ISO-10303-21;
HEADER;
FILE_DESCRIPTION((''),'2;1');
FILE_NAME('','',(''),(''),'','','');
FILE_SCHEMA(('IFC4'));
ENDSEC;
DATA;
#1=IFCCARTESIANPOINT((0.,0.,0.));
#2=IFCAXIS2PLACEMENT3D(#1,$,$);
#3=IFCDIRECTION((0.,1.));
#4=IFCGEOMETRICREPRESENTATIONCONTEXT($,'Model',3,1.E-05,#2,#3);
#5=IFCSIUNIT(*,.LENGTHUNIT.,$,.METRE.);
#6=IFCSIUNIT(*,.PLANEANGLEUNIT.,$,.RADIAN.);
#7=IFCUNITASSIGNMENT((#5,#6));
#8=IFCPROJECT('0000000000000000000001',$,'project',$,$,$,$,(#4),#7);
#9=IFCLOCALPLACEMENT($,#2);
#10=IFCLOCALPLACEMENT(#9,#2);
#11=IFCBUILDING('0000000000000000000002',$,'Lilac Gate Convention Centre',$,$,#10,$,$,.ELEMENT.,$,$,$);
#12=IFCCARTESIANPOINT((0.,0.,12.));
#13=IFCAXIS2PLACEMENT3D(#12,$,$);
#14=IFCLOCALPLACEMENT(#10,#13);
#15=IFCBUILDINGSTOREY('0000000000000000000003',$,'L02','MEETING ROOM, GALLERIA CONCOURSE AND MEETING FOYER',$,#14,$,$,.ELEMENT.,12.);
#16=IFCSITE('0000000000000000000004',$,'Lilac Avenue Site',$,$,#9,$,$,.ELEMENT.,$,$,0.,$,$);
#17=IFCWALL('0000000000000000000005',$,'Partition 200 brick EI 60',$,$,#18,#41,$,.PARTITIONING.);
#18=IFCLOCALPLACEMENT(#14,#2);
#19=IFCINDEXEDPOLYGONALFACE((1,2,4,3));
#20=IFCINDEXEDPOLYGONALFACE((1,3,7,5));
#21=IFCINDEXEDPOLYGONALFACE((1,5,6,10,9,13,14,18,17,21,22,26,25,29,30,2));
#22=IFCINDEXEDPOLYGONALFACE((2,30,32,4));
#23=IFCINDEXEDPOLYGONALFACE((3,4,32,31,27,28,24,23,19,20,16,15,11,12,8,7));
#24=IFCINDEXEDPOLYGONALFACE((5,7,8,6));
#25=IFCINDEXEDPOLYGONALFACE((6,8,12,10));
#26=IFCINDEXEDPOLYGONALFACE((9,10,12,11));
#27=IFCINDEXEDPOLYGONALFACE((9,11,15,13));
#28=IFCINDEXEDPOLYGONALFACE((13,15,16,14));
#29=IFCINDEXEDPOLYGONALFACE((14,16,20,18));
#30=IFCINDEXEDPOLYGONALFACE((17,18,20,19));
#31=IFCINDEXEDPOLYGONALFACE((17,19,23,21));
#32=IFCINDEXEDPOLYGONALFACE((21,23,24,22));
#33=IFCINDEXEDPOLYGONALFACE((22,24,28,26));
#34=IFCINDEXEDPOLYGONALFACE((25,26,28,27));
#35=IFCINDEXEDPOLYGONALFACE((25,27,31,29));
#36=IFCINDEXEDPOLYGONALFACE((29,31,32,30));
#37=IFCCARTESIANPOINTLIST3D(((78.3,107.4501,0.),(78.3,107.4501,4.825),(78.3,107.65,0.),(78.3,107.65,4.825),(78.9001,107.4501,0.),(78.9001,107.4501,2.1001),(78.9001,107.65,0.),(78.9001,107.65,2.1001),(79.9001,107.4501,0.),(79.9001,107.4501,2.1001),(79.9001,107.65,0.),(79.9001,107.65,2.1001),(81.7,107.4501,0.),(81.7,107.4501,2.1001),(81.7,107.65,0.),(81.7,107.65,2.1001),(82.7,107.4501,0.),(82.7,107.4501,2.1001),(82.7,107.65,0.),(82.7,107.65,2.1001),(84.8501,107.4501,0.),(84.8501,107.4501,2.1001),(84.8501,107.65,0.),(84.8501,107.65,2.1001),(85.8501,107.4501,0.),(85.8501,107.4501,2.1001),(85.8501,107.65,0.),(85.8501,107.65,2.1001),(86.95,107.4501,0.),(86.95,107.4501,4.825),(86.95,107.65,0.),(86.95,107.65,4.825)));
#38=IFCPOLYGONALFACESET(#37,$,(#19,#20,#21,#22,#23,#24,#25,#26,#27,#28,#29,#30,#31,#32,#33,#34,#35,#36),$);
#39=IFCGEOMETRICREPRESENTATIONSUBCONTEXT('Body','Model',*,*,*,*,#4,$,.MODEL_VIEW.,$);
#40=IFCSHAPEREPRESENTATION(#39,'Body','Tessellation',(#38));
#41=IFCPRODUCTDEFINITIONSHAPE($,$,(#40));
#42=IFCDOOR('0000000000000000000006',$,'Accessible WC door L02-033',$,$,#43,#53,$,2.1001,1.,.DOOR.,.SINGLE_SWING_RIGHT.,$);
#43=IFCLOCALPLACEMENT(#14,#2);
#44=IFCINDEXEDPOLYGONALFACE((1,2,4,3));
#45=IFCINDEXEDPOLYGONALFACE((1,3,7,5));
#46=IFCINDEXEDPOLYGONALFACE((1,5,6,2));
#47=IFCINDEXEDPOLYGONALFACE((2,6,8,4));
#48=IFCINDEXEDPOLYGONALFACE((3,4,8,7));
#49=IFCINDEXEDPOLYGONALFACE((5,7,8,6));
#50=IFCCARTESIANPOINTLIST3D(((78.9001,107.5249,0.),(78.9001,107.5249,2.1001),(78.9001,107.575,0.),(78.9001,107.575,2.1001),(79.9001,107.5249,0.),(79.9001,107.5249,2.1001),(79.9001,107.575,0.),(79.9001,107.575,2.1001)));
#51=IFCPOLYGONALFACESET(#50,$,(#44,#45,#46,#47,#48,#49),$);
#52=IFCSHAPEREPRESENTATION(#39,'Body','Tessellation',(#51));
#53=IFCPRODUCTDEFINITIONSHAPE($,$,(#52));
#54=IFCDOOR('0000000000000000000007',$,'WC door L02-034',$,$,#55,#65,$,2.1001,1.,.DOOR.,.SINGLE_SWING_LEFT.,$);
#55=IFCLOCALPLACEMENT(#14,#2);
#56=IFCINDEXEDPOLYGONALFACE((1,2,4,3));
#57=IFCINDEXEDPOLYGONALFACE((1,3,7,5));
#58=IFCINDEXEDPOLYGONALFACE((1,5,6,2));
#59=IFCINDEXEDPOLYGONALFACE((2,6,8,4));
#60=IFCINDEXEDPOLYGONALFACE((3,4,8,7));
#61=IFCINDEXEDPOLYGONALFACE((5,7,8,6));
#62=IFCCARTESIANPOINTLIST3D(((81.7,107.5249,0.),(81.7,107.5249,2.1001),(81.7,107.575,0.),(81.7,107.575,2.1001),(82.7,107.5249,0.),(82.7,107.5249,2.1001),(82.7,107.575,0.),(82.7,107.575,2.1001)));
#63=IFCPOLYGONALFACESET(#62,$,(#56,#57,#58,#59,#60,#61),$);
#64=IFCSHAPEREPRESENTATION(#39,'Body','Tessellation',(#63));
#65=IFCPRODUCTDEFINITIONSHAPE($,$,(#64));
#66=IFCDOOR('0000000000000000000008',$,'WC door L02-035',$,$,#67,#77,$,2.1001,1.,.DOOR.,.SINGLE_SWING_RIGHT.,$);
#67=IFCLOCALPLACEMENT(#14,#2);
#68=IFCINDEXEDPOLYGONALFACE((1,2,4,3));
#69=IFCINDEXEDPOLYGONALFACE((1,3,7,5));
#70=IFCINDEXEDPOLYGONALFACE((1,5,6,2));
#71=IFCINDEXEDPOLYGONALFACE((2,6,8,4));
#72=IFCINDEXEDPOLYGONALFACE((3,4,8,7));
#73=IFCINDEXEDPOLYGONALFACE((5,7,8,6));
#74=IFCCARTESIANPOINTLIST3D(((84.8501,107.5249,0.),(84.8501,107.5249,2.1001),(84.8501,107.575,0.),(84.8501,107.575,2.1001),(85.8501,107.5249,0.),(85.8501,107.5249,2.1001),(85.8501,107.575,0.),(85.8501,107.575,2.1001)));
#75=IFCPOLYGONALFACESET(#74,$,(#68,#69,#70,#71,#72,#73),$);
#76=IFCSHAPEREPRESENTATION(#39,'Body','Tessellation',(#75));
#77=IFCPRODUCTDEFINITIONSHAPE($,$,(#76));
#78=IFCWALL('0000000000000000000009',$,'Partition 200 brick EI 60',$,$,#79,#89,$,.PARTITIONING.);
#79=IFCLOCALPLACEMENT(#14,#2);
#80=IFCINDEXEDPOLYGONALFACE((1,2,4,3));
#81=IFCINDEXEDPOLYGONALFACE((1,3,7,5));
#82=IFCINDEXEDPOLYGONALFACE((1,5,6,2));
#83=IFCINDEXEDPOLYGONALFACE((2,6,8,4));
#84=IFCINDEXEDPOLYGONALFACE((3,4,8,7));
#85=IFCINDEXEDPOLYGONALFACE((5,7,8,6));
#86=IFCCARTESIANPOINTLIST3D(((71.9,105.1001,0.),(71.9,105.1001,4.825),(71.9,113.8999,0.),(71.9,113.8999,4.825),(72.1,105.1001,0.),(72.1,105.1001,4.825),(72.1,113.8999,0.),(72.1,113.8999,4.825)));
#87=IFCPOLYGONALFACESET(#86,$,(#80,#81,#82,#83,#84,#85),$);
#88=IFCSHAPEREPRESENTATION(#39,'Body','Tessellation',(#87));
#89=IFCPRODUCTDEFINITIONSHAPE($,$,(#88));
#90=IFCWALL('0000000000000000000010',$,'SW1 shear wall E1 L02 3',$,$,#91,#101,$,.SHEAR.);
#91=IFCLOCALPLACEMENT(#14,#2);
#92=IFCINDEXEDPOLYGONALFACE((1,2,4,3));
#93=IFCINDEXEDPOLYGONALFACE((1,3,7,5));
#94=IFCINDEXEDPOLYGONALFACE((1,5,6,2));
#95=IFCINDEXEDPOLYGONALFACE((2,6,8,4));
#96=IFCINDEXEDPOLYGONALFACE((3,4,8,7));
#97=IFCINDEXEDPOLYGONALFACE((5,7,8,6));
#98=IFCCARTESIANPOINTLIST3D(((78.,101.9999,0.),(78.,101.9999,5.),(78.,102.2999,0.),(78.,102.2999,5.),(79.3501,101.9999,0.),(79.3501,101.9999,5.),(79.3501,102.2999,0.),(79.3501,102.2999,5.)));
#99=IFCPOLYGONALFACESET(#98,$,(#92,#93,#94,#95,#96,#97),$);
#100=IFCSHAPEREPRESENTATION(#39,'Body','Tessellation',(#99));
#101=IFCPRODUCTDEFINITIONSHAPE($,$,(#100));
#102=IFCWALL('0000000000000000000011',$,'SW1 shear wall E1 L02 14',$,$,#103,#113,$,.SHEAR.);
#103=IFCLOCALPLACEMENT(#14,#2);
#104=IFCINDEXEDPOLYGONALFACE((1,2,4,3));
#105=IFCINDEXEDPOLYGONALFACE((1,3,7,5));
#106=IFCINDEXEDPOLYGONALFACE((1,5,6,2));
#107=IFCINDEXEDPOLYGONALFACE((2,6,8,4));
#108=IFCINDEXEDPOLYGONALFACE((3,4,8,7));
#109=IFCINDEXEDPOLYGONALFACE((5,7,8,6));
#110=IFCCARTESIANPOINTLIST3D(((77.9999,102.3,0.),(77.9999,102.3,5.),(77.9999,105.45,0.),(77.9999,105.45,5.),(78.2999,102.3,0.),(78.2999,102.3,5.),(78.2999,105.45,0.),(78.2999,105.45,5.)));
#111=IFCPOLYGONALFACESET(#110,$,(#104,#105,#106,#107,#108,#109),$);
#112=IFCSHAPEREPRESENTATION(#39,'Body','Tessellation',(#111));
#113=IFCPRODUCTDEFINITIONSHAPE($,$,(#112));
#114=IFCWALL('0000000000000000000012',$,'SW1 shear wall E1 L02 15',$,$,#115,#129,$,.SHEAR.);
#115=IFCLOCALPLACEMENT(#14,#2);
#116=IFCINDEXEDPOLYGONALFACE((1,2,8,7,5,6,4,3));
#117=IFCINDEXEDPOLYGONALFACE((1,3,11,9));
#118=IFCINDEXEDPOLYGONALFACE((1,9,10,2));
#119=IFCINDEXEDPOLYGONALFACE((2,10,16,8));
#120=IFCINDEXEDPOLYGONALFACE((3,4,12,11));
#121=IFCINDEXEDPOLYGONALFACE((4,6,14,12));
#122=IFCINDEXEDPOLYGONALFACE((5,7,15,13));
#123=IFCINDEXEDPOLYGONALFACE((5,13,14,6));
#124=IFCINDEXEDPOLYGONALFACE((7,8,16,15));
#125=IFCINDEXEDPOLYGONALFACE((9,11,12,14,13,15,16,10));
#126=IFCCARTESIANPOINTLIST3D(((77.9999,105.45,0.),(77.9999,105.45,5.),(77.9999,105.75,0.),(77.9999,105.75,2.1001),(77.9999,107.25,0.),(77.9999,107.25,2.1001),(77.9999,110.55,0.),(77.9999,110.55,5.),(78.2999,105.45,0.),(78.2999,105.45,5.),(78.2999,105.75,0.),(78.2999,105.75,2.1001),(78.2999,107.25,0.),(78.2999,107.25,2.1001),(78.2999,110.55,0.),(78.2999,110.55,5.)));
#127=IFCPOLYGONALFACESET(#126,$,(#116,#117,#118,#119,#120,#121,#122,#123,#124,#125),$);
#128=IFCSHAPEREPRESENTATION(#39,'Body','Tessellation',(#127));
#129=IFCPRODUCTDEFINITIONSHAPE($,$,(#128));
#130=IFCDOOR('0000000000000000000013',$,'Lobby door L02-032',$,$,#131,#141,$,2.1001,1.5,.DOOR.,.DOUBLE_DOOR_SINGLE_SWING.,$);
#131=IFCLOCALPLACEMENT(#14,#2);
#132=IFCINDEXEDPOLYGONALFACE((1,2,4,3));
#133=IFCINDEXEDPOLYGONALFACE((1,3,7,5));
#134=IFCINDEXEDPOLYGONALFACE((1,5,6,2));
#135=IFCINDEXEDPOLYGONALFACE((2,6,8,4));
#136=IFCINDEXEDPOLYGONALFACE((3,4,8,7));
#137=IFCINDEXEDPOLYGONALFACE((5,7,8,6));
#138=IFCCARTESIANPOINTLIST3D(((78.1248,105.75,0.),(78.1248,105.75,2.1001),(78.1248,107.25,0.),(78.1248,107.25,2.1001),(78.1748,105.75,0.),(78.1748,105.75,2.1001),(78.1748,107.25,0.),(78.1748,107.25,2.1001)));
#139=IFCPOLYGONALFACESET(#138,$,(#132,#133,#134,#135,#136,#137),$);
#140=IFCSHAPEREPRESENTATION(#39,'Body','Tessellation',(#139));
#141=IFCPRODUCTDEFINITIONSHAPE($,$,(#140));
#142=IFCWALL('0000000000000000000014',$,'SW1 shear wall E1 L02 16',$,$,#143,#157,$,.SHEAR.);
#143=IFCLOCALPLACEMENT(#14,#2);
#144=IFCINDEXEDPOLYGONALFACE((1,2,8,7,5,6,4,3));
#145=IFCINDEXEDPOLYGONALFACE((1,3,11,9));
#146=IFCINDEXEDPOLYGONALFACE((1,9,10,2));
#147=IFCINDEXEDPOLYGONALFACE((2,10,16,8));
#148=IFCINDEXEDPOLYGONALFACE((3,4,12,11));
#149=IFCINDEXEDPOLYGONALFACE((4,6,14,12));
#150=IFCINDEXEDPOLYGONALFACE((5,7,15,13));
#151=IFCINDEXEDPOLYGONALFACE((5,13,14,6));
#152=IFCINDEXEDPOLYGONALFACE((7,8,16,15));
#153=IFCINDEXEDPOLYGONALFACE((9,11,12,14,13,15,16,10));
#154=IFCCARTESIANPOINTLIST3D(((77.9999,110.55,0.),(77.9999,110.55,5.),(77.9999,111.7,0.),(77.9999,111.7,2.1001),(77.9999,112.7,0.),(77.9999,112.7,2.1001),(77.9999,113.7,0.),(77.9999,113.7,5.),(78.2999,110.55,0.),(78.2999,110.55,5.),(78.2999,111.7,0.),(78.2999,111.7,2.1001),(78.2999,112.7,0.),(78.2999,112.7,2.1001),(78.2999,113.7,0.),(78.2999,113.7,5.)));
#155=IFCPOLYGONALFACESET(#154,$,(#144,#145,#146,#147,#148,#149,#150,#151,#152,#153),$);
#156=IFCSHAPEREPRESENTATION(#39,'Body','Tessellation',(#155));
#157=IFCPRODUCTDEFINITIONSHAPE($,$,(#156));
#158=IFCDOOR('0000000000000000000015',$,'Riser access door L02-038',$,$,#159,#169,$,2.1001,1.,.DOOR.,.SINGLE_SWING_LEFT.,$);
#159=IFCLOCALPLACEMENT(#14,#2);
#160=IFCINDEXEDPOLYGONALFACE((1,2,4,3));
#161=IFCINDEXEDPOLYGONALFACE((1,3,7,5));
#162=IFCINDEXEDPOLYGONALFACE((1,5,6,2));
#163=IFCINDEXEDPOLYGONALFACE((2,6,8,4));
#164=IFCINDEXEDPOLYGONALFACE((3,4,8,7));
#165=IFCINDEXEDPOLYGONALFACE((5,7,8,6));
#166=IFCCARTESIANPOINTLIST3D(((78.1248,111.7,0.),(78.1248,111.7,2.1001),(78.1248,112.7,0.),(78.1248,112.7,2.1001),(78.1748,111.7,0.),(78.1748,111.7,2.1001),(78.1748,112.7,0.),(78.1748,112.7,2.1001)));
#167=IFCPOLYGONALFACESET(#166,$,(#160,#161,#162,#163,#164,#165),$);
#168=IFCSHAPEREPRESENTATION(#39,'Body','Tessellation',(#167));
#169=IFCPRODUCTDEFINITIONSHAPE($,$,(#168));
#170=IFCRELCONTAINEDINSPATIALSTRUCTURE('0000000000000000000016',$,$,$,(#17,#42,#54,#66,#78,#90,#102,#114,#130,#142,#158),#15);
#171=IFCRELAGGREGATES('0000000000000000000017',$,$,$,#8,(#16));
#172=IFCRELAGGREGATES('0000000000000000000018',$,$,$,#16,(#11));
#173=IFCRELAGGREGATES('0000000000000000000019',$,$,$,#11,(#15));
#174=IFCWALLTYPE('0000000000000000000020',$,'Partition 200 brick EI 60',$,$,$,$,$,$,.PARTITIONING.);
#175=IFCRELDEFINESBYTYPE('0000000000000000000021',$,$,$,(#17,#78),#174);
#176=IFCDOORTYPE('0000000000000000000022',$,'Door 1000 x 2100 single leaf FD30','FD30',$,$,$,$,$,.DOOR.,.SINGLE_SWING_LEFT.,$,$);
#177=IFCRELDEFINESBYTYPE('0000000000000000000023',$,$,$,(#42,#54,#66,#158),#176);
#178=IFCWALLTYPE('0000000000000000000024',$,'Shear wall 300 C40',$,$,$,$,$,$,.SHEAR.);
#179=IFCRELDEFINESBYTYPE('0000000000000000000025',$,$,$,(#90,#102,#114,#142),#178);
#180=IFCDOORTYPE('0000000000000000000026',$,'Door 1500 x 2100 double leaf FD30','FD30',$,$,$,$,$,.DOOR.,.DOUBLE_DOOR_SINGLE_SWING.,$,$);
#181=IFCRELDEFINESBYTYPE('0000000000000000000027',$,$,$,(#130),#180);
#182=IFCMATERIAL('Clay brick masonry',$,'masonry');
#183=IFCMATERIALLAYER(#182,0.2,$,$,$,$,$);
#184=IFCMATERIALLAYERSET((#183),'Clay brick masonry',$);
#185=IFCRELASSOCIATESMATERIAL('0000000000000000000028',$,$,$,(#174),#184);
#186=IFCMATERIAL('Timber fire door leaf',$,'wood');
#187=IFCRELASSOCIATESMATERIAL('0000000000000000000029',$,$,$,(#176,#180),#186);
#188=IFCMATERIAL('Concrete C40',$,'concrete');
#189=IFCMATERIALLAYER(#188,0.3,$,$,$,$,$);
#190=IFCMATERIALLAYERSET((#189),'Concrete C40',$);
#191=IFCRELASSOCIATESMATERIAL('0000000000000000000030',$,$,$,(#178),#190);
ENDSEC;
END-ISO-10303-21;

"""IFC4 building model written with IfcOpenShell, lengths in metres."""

from ifc_helpers import new_model, si_unit, direction, frame, frame_2d, origin, place, context, subcontext, project, spatial, rectangle, extrude, material, layer, layer_set, type_object, element, fill, save


model = new_model("IFC4")

# Units and contexts
model_context = context("Model", 3, precision=1e-05, world=origin(), true_north=direction((0.0, 1.0)))
body_context = subcontext(model_context, "Body", "Model", "MODEL_VIEW")
ifc_project = project(units=[si_unit("LENGTHUNIT", "METRE"), si_unit("PLANEANGLEUNIT", "RADIAN")], contexts=[model_context])

# Site, building, storey
site_placement = place(None, origin())
site = spatial("IfcSite", under=ifc_project, at=site_placement, Name="Lilac Avenue Site", CompositionType="ELEMENT", RefElevation=0.0)
building_placement = place(site_placement, origin())
building = spatial("IfcBuilding", under=site, at=building_placement, Name="Lilac Gate Convention Centre", CompositionType="ELEMENT")
storey_placement = place(building_placement, frame((0.0, 0.0, 12.0)))
storey = spatial("IfcBuildingStorey", under=building, at=storey_placement, Name="L02", Description="MEETING ROOM, GALLERIA CONCOURSE AND MEETING FOYER", CompositionType="ELEMENT", Elevation=12.0)

# Shared definitions
ifc_material_1 = material(Name="Concrete C40", Category="concrete")

# Shared definitions
ifc_material_2 = material(Name="Clay brick masonry", Category="masonry")
ifc_layer_1 = layer(ifc_material_2, 0.2)
ifc_layer_set_1 = layer_set([ifc_layer_1], Name="Clay brick masonry")
wall_type_1 = type_object("IfcWallType", Name="Partition 200 brick EI 60", PredefinedType="PARTITIONING", material=ifc_layer_set_1)

# Wall, openings, doors
wall_1_placement = place(storey_placement, frame((78.3, 107.55, 0.0), z_axis=(0.0, 0.0, 1.0), x_axis=(1.0, 0.0, 0.0)))
wall_1 = element("IfcWall", 1, at=wall_1_placement, inside=storey, type_object=wall_type_1, Name="Partition 200 brick EI 60", PredefinedType="PARTITIONING", context=body_context, shape_type="SweptSolid", body=[
    extrude(rectangle(XDim=8.6499, YDim=0.2, at=frame_2d((4.325, 0.0))), origin(), (0.0, 0.0, 1.0), 4.825),
])
opening_1_placement = place(wall_1_placement, frame((0.6001, 0.0, 0.0)))
opening_1 = element("IfcOpeningElement", 2, at=opening_1_placement, cuts=wall_1, PredefinedType="OPENING", context=body_context, shape_type="SweptSolid", body=[
    extrude(rectangle(XDim=1.0, YDim=2.1001, at=frame_2d((0.5, 1.05))), frame((0.0, 0.1099, 0.0), z_axis=(0.0, -1.0, 0.0), x_axis=(1.0, 0.0, 0.0)), (0.0, 0.0, 1.0), 0.22),
])
opening_2_placement = place(wall_1_placement, frame((3.3999, 0.0, 0.0)))
opening_2 = element("IfcOpeningElement", 3, at=opening_2_placement, cuts=wall_1, PredefinedType="OPENING", context=body_context, shape_type="SweptSolid", body=[
    extrude(rectangle(XDim=1.0, YDim=2.1001, at=frame_2d((0.5, 1.05))), frame((0.0, 0.1099, 0.0), z_axis=(0.0, -1.0, 0.0), x_axis=(1.0, 0.0, 0.0)), (0.0, 0.0, 1.0), 0.22),
])
opening_3_placement = place(wall_1_placement, frame((6.55, 0.0, 0.0)))
opening_3 = element("IfcOpeningElement", 4, at=opening_3_placement, cuts=wall_1, PredefinedType="OPENING", context=body_context, shape_type="SweptSolid", body=[
    extrude(rectangle(XDim=1.0, YDim=2.1001, at=frame_2d((0.5, 1.05))), frame((0.0, 0.1099, 0.0), z_axis=(0.0, -1.0, 0.0), x_axis=(1.0, 0.0, 0.0)), (0.0, 0.0, 1.0), 0.22),
])
ifc_material_3 = material(Name="Timber fire door leaf", Category="wood")
door_type_1 = type_object("IfcDoorType", Name="Door 1000 x 2100 single leaf FD30", Description="FD30", OperationType="SINGLE_SWING_LEFT", PredefinedType="DOOR", material=ifc_material_3)
door_1_placement = place(opening_1_placement, origin())
door_1 = element("IfcDoor", 5, at=door_1_placement, inside=storey, type_object=door_type_1, Name="Accessible WC door L02-033", OperationType="SINGLE_SWING_RIGHT", OverallHeight=2.1001, OverallWidth=1.0, PredefinedType="DOOR", context=body_context, shape_type="SweptSolid", body=[
    extrude(rectangle(XDim=1.0, YDim=2.1001, at=frame_2d((0.5, 1.05))), frame((0.0, 0.0249, 0.0), z_axis=(0.0, -1.0, 0.0), x_axis=(1.0, 0.0, 0.0)), (0.0, 0.0, 1.0), 0.05),
])
fill(opening_1, door_1)
door_2_placement = place(opening_2_placement, origin())
door_2 = element("IfcDoor", 6, at=door_2_placement, inside=storey, type_object=door_type_1, Name="WC door L02-034", OperationType="SINGLE_SWING_LEFT", OverallHeight=2.1001, OverallWidth=1.0, PredefinedType="DOOR", context=body_context, shape_type="SweptSolid", body=[
    extrude(rectangle(XDim=1.0, YDim=2.1001, at=frame_2d((0.5, 1.05))), frame((0.0, 0.0249, 0.0), z_axis=(0.0, -1.0, 0.0), x_axis=(1.0, 0.0, 0.0)), (0.0, 0.0, 1.0), 0.05),
])
fill(opening_2, door_2)
door_3_placement = place(opening_3_placement, origin())
door_3 = element("IfcDoor", 7, at=door_3_placement, inside=storey, type_object=door_type_1, Name="WC door L02-035", OperationType="SINGLE_SWING_RIGHT", OverallHeight=2.1001, OverallWidth=1.0, PredefinedType="DOOR", context=body_context, shape_type="SweptSolid", body=[
    extrude(rectangle(XDim=1.0, YDim=2.1001, at=frame_2d((0.5, 1.05))), frame((0.0, 0.0249, 0.0), z_axis=(0.0, -1.0, 0.0), x_axis=(1.0, 0.0, 0.0)), (0.0, 0.0, 1.0), 0.05),
])
fill(opening_3, door_3)

# Walls
wall_2_placement = place(storey_placement, frame((72.0, 105.1001, 0.0), z_axis=(0.0, 0.0, 1.0), x_axis=(0.0, 1.0, 0.0)))
element("IfcWall", 8, at=wall_2_placement, inside=storey, type_object=wall_type_1, Name="Partition 200 brick EI 60", PredefinedType="PARTITIONING", context=body_context, shape_type="SweptSolid", body=[
    extrude(rectangle(XDim=8.7998, YDim=0.2, at=frame_2d((4.3999, 0.0))), origin(), (0.0, 0.0, 1.0), 4.825),
])
ifc_layer_2 = layer(ifc_material_1, 0.3)
ifc_layer_set_2 = layer_set([ifc_layer_2], Name="Concrete C40")
wall_type_2 = type_object("IfcWallType", Name="Shear wall 300 C40", PredefinedType="SHEAR", material=ifc_layer_set_2)
wall_3_placement = place(storey_placement, frame((79.3501, 102.1499, 0.0), z_axis=(0.0, 0.0, 1.0), x_axis=(-1.0, 0.0, 0.0)))
element("IfcWall", 9, at=wall_3_placement, inside=storey, type_object=wall_type_2, Name="SW1 shear wall E1 L02 3", PredefinedType="SHEAR", context=body_context, shape_type="SweptSolid", body=[
    extrude(rectangle(XDim=1.3501, YDim=0.3, at=frame_2d((0.675, 0.0))), origin(), (0.0, 0.0, 1.0), 5.0),
])
wall_4_placement = place(storey_placement, frame((78.1499, 102.3, 0.0), z_axis=(0.0, 0.0, 1.0), x_axis=(0.0, 1.0, 0.0)))
element("IfcWall", 10, at=wall_4_placement, inside=storey, type_object=wall_type_2, Name="SW1 shear wall E1 L02 14", PredefinedType="SHEAR", context=body_context, shape_type="SweptSolid", body=[
    extrude(rectangle(XDim=3.1499, YDim=0.3, at=frame_2d((1.575, 0.0))), origin(), (0.0, 0.0, 1.0), 5.0),
])

# Walls, openings, doors
wall_5_placement = place(storey_placement, frame((78.1499, 105.45, 0.0), z_axis=(0.0, 0.0, 1.0), x_axis=(0.0, 1.0, 0.0)))
wall_5 = element("IfcWall", 11, at=wall_5_placement, inside=storey, type_object=wall_type_2, Name="SW1 shear wall E1 L02 15", PredefinedType="SHEAR", context=body_context, shape_type="SweptSolid", body=[
    extrude(rectangle(XDim=5.1001, YDim=0.3, at=frame_2d((2.55, 0.0))), origin(), (0.0, 0.0, 1.0), 5.0),
])
opening_4_placement = place(wall_5_placement, frame((0.3, 0.0, 0.0)))
opening_4 = element("IfcOpeningElement", 12, at=opening_4_placement, cuts=wall_5, PredefinedType="OPENING", context=body_context, shape_type="SweptSolid", body=[
    extrude(rectangle(XDim=1.5, YDim=2.1001, at=frame_2d((0.75, 1.05))), frame((0.0, 0.1599, 0.0), z_axis=(0.0, -1.0, 0.0), x_axis=(1.0, 0.0, 0.0)), (0.0, 0.0, 1.0), 0.3201),
])
door_type_2 = type_object("IfcDoorType", Name="Door 1500 x 2100 double leaf FD30", Description="FD30", OperationType="DOUBLE_DOOR_SINGLE_SWING", PredefinedType="DOOR", material=ifc_material_3)
door_4_placement = place(opening_4_placement, frame((1.5, 0.0, 0.0), z_axis=(0.0, 0.0, 1.0), x_axis=(-1.0, 0.0, 0.0)))
door_4 = element("IfcDoor", 13, at=door_4_placement, inside=storey, type_object=door_type_2, Name="Lobby door L02-032", OperationType="DOUBLE_DOOR_SINGLE_SWING", OverallHeight=2.1001, OverallWidth=1.5, PredefinedType="DOOR", context=body_context, shape_type="SweptSolid", body=[
    extrude(rectangle(XDim=1.5, YDim=2.1001, at=frame_2d((0.75, 1.05))), frame((0.0, 0.0249, 0.0), z_axis=(0.0, -1.0, 0.0), x_axis=(1.0, 0.0, 0.0)), (0.0, 0.0, 1.0), 0.05),
])
fill(opening_4, door_4)
wall_6_placement = place(storey_placement, frame((78.1499, 110.55, 0.0), z_axis=(0.0, 0.0, 1.0), x_axis=(0.0, 1.0, 0.0)))
wall_6 = element("IfcWall", 14, at=wall_6_placement, inside=storey, type_object=wall_type_2, Name="SW1 shear wall E1 L02 16", PredefinedType="SHEAR", context=body_context, shape_type="SweptSolid", body=[
    extrude(rectangle(XDim=3.1499, YDim=0.3, at=frame_2d((1.575, 0.0))), origin(), (0.0, 0.0, 1.0), 5.0),
])
opening_5_placement = place(wall_6_placement, frame((1.1499, 0.0, 0.0)))
opening_5 = element("IfcOpeningElement", 15, at=opening_5_placement, cuts=wall_6, PredefinedType="OPENING", context=body_context, shape_type="SweptSolid", body=[
    extrude(rectangle(XDim=1.0, YDim=2.1001, at=frame_2d((0.5, 1.05))), frame((0.0, 0.1599, 0.0), z_axis=(0.0, -1.0, 0.0), x_axis=(1.0, 0.0, 0.0)), (0.0, 0.0, 1.0), 0.3201),
])
door_5_placement = place(opening_5_placement, frame((1.0, 0.0, 0.0), z_axis=(0.0, 0.0, 1.0), x_axis=(-1.0, 0.0, 0.0)))
door_5 = element("IfcDoor", 16, at=door_5_placement, inside=storey, type_object=door_type_1, Name="Riser access door L02-038", OperationType="SINGLE_SWING_LEFT", OverallHeight=2.1001, OverallWidth=1.0, PredefinedType="DOOR", context=body_context, shape_type="SweptSolid", body=[
    extrude(rectangle(XDim=1.0, YDim=2.1001, at=frame_2d((0.5, 1.05))), frame((0.0, 0.0249, 0.0), z_axis=(0.0, -1.0, 0.0), x_axis=(1.0, 0.0, 0.0)), (0.0, 0.0, 1.0), 0.05),
])
fill(opening_5, door_5)

save(model, "model.ifc")
